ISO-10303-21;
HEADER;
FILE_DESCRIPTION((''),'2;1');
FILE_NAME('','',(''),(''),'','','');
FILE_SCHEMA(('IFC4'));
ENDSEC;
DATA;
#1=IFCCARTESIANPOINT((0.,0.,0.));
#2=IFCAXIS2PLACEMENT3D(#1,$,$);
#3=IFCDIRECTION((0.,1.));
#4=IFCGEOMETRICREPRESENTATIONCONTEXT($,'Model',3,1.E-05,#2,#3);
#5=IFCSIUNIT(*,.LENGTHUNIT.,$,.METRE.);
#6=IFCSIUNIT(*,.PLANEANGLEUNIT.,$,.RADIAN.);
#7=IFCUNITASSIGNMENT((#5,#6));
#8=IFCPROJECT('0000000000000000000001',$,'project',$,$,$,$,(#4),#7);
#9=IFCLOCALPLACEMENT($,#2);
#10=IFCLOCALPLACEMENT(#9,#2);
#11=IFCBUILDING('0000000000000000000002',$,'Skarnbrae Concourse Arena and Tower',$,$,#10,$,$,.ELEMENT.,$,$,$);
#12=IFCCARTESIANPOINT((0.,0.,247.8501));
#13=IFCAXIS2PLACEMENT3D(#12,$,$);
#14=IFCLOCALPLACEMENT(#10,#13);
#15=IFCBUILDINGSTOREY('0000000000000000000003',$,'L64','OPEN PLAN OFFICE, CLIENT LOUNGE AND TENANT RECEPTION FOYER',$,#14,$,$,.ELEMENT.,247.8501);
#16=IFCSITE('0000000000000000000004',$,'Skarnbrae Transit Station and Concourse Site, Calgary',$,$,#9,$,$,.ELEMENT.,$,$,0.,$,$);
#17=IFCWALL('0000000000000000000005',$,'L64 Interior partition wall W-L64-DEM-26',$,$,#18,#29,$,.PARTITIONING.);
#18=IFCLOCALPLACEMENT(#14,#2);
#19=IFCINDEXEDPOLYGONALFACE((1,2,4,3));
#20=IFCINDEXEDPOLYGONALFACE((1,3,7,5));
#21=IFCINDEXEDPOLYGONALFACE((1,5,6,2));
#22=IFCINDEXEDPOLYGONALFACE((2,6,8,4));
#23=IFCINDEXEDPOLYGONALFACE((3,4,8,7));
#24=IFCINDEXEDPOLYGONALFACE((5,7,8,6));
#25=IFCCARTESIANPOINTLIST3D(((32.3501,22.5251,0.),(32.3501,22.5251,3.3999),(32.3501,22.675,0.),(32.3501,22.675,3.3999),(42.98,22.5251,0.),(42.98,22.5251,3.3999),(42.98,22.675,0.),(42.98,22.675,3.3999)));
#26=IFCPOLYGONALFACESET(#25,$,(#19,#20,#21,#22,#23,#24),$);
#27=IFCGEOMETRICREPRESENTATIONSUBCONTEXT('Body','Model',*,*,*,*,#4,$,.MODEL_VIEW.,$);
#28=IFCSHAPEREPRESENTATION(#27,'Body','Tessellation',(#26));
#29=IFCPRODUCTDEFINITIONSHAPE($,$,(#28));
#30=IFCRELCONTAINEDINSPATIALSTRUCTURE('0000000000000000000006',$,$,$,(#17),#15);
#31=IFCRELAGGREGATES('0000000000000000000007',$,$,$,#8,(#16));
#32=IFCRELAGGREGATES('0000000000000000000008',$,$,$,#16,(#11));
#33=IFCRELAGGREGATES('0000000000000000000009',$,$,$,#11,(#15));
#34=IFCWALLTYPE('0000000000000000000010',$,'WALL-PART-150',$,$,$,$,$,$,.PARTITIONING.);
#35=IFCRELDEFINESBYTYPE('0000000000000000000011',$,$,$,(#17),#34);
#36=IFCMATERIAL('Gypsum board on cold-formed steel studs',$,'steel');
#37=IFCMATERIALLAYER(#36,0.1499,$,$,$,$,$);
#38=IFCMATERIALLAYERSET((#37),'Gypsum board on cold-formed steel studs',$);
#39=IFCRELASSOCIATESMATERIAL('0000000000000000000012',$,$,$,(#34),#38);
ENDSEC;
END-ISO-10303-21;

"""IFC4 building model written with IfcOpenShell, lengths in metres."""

from ifc_helpers import new_model, si_unit, direction, frame, frame_2d, origin, place, context, subcontext, project, spatial, rectangle, extrude, source, transform, mapped, material, layer, layer_set, type_object, element, save


model = new_model("IFC4")

# Units and contexts
model_context = context("Model", 3, precision=1e-05, world=origin(), true_north=direction((0.0, 1.0)))
body_context = subcontext(model_context, "Body", "Model", "MODEL_VIEW")
ifc_project = project(units=[si_unit("LENGTHUNIT", "METRE"), si_unit("PLANEANGLEUNIT", "RADIAN")], contexts=[model_context])

# Site, building, storey
site_placement = place(None, origin())
site = spatial("IfcSite", under=ifc_project, at=site_placement, Name="Skarnbrae Transit Station and Concourse Site, Calgary", CompositionType="ELEMENT", RefElevation=0.0)
building_placement = place(site_placement, origin())
building = spatial("IfcBuilding", under=site, at=building_placement, Name="Skarnbrae Concourse Arena and Tower", CompositionType="ELEMENT")
storey_placement = place(building_placement, frame((0.0, 0.0, 247.8501)))
storey = spatial("IfcBuildingStorey", under=building, at=storey_placement, Name="L64", Description="OPEN PLAN OFFICE, CLIENT LOUNGE AND TENANT RECEPTION FOYER", CompositionType="ELEMENT", Elevation=247.8501)

# Shared definitions
ifc_material_1 = material(Name="Gypsum board on cold-formed steel studs", Category="steel")

# Wall
ifc_layer_1 = layer(ifc_material_1, 0.1499)
ifc_layer_set_1 = layer_set([ifc_layer_1], Name="Gypsum board on cold-formed steel studs")
wall_type_1 = type_object("IfcWallType", Name="WALL-PART-150", PredefinedType="PARTITIONING", material=ifc_layer_set_1)
shared_shape_1 = source(origin(), body_context, "Body", "SweptSolid", [
    extrude(rectangle(XDim=10.6299, YDim=0.1499, at=frame_2d((5.3149, 0.0))), origin(), (0.0, 0.0, 1.0), 3.3999),
])
wall_1_placement = place(storey_placement, frame((42.98, 22.6001, 0.0), z_axis=(0.0, 0.0, 1.0), x_axis=(-1.0, 0.0, 0.0)))
element("IfcWall", 1, at=wall_1_placement, inside=storey, type_object=wall_type_1, Name="L64 Interior partition wall W-L64-DEM-26", PredefinedType="PARTITIONING", context=body_context, shape_type="MappedRepresentation", body=[
    mapped(shared_shape_1, transform((0.0, 0.0, 0.0))),
])

save(model, "model.ifc")
